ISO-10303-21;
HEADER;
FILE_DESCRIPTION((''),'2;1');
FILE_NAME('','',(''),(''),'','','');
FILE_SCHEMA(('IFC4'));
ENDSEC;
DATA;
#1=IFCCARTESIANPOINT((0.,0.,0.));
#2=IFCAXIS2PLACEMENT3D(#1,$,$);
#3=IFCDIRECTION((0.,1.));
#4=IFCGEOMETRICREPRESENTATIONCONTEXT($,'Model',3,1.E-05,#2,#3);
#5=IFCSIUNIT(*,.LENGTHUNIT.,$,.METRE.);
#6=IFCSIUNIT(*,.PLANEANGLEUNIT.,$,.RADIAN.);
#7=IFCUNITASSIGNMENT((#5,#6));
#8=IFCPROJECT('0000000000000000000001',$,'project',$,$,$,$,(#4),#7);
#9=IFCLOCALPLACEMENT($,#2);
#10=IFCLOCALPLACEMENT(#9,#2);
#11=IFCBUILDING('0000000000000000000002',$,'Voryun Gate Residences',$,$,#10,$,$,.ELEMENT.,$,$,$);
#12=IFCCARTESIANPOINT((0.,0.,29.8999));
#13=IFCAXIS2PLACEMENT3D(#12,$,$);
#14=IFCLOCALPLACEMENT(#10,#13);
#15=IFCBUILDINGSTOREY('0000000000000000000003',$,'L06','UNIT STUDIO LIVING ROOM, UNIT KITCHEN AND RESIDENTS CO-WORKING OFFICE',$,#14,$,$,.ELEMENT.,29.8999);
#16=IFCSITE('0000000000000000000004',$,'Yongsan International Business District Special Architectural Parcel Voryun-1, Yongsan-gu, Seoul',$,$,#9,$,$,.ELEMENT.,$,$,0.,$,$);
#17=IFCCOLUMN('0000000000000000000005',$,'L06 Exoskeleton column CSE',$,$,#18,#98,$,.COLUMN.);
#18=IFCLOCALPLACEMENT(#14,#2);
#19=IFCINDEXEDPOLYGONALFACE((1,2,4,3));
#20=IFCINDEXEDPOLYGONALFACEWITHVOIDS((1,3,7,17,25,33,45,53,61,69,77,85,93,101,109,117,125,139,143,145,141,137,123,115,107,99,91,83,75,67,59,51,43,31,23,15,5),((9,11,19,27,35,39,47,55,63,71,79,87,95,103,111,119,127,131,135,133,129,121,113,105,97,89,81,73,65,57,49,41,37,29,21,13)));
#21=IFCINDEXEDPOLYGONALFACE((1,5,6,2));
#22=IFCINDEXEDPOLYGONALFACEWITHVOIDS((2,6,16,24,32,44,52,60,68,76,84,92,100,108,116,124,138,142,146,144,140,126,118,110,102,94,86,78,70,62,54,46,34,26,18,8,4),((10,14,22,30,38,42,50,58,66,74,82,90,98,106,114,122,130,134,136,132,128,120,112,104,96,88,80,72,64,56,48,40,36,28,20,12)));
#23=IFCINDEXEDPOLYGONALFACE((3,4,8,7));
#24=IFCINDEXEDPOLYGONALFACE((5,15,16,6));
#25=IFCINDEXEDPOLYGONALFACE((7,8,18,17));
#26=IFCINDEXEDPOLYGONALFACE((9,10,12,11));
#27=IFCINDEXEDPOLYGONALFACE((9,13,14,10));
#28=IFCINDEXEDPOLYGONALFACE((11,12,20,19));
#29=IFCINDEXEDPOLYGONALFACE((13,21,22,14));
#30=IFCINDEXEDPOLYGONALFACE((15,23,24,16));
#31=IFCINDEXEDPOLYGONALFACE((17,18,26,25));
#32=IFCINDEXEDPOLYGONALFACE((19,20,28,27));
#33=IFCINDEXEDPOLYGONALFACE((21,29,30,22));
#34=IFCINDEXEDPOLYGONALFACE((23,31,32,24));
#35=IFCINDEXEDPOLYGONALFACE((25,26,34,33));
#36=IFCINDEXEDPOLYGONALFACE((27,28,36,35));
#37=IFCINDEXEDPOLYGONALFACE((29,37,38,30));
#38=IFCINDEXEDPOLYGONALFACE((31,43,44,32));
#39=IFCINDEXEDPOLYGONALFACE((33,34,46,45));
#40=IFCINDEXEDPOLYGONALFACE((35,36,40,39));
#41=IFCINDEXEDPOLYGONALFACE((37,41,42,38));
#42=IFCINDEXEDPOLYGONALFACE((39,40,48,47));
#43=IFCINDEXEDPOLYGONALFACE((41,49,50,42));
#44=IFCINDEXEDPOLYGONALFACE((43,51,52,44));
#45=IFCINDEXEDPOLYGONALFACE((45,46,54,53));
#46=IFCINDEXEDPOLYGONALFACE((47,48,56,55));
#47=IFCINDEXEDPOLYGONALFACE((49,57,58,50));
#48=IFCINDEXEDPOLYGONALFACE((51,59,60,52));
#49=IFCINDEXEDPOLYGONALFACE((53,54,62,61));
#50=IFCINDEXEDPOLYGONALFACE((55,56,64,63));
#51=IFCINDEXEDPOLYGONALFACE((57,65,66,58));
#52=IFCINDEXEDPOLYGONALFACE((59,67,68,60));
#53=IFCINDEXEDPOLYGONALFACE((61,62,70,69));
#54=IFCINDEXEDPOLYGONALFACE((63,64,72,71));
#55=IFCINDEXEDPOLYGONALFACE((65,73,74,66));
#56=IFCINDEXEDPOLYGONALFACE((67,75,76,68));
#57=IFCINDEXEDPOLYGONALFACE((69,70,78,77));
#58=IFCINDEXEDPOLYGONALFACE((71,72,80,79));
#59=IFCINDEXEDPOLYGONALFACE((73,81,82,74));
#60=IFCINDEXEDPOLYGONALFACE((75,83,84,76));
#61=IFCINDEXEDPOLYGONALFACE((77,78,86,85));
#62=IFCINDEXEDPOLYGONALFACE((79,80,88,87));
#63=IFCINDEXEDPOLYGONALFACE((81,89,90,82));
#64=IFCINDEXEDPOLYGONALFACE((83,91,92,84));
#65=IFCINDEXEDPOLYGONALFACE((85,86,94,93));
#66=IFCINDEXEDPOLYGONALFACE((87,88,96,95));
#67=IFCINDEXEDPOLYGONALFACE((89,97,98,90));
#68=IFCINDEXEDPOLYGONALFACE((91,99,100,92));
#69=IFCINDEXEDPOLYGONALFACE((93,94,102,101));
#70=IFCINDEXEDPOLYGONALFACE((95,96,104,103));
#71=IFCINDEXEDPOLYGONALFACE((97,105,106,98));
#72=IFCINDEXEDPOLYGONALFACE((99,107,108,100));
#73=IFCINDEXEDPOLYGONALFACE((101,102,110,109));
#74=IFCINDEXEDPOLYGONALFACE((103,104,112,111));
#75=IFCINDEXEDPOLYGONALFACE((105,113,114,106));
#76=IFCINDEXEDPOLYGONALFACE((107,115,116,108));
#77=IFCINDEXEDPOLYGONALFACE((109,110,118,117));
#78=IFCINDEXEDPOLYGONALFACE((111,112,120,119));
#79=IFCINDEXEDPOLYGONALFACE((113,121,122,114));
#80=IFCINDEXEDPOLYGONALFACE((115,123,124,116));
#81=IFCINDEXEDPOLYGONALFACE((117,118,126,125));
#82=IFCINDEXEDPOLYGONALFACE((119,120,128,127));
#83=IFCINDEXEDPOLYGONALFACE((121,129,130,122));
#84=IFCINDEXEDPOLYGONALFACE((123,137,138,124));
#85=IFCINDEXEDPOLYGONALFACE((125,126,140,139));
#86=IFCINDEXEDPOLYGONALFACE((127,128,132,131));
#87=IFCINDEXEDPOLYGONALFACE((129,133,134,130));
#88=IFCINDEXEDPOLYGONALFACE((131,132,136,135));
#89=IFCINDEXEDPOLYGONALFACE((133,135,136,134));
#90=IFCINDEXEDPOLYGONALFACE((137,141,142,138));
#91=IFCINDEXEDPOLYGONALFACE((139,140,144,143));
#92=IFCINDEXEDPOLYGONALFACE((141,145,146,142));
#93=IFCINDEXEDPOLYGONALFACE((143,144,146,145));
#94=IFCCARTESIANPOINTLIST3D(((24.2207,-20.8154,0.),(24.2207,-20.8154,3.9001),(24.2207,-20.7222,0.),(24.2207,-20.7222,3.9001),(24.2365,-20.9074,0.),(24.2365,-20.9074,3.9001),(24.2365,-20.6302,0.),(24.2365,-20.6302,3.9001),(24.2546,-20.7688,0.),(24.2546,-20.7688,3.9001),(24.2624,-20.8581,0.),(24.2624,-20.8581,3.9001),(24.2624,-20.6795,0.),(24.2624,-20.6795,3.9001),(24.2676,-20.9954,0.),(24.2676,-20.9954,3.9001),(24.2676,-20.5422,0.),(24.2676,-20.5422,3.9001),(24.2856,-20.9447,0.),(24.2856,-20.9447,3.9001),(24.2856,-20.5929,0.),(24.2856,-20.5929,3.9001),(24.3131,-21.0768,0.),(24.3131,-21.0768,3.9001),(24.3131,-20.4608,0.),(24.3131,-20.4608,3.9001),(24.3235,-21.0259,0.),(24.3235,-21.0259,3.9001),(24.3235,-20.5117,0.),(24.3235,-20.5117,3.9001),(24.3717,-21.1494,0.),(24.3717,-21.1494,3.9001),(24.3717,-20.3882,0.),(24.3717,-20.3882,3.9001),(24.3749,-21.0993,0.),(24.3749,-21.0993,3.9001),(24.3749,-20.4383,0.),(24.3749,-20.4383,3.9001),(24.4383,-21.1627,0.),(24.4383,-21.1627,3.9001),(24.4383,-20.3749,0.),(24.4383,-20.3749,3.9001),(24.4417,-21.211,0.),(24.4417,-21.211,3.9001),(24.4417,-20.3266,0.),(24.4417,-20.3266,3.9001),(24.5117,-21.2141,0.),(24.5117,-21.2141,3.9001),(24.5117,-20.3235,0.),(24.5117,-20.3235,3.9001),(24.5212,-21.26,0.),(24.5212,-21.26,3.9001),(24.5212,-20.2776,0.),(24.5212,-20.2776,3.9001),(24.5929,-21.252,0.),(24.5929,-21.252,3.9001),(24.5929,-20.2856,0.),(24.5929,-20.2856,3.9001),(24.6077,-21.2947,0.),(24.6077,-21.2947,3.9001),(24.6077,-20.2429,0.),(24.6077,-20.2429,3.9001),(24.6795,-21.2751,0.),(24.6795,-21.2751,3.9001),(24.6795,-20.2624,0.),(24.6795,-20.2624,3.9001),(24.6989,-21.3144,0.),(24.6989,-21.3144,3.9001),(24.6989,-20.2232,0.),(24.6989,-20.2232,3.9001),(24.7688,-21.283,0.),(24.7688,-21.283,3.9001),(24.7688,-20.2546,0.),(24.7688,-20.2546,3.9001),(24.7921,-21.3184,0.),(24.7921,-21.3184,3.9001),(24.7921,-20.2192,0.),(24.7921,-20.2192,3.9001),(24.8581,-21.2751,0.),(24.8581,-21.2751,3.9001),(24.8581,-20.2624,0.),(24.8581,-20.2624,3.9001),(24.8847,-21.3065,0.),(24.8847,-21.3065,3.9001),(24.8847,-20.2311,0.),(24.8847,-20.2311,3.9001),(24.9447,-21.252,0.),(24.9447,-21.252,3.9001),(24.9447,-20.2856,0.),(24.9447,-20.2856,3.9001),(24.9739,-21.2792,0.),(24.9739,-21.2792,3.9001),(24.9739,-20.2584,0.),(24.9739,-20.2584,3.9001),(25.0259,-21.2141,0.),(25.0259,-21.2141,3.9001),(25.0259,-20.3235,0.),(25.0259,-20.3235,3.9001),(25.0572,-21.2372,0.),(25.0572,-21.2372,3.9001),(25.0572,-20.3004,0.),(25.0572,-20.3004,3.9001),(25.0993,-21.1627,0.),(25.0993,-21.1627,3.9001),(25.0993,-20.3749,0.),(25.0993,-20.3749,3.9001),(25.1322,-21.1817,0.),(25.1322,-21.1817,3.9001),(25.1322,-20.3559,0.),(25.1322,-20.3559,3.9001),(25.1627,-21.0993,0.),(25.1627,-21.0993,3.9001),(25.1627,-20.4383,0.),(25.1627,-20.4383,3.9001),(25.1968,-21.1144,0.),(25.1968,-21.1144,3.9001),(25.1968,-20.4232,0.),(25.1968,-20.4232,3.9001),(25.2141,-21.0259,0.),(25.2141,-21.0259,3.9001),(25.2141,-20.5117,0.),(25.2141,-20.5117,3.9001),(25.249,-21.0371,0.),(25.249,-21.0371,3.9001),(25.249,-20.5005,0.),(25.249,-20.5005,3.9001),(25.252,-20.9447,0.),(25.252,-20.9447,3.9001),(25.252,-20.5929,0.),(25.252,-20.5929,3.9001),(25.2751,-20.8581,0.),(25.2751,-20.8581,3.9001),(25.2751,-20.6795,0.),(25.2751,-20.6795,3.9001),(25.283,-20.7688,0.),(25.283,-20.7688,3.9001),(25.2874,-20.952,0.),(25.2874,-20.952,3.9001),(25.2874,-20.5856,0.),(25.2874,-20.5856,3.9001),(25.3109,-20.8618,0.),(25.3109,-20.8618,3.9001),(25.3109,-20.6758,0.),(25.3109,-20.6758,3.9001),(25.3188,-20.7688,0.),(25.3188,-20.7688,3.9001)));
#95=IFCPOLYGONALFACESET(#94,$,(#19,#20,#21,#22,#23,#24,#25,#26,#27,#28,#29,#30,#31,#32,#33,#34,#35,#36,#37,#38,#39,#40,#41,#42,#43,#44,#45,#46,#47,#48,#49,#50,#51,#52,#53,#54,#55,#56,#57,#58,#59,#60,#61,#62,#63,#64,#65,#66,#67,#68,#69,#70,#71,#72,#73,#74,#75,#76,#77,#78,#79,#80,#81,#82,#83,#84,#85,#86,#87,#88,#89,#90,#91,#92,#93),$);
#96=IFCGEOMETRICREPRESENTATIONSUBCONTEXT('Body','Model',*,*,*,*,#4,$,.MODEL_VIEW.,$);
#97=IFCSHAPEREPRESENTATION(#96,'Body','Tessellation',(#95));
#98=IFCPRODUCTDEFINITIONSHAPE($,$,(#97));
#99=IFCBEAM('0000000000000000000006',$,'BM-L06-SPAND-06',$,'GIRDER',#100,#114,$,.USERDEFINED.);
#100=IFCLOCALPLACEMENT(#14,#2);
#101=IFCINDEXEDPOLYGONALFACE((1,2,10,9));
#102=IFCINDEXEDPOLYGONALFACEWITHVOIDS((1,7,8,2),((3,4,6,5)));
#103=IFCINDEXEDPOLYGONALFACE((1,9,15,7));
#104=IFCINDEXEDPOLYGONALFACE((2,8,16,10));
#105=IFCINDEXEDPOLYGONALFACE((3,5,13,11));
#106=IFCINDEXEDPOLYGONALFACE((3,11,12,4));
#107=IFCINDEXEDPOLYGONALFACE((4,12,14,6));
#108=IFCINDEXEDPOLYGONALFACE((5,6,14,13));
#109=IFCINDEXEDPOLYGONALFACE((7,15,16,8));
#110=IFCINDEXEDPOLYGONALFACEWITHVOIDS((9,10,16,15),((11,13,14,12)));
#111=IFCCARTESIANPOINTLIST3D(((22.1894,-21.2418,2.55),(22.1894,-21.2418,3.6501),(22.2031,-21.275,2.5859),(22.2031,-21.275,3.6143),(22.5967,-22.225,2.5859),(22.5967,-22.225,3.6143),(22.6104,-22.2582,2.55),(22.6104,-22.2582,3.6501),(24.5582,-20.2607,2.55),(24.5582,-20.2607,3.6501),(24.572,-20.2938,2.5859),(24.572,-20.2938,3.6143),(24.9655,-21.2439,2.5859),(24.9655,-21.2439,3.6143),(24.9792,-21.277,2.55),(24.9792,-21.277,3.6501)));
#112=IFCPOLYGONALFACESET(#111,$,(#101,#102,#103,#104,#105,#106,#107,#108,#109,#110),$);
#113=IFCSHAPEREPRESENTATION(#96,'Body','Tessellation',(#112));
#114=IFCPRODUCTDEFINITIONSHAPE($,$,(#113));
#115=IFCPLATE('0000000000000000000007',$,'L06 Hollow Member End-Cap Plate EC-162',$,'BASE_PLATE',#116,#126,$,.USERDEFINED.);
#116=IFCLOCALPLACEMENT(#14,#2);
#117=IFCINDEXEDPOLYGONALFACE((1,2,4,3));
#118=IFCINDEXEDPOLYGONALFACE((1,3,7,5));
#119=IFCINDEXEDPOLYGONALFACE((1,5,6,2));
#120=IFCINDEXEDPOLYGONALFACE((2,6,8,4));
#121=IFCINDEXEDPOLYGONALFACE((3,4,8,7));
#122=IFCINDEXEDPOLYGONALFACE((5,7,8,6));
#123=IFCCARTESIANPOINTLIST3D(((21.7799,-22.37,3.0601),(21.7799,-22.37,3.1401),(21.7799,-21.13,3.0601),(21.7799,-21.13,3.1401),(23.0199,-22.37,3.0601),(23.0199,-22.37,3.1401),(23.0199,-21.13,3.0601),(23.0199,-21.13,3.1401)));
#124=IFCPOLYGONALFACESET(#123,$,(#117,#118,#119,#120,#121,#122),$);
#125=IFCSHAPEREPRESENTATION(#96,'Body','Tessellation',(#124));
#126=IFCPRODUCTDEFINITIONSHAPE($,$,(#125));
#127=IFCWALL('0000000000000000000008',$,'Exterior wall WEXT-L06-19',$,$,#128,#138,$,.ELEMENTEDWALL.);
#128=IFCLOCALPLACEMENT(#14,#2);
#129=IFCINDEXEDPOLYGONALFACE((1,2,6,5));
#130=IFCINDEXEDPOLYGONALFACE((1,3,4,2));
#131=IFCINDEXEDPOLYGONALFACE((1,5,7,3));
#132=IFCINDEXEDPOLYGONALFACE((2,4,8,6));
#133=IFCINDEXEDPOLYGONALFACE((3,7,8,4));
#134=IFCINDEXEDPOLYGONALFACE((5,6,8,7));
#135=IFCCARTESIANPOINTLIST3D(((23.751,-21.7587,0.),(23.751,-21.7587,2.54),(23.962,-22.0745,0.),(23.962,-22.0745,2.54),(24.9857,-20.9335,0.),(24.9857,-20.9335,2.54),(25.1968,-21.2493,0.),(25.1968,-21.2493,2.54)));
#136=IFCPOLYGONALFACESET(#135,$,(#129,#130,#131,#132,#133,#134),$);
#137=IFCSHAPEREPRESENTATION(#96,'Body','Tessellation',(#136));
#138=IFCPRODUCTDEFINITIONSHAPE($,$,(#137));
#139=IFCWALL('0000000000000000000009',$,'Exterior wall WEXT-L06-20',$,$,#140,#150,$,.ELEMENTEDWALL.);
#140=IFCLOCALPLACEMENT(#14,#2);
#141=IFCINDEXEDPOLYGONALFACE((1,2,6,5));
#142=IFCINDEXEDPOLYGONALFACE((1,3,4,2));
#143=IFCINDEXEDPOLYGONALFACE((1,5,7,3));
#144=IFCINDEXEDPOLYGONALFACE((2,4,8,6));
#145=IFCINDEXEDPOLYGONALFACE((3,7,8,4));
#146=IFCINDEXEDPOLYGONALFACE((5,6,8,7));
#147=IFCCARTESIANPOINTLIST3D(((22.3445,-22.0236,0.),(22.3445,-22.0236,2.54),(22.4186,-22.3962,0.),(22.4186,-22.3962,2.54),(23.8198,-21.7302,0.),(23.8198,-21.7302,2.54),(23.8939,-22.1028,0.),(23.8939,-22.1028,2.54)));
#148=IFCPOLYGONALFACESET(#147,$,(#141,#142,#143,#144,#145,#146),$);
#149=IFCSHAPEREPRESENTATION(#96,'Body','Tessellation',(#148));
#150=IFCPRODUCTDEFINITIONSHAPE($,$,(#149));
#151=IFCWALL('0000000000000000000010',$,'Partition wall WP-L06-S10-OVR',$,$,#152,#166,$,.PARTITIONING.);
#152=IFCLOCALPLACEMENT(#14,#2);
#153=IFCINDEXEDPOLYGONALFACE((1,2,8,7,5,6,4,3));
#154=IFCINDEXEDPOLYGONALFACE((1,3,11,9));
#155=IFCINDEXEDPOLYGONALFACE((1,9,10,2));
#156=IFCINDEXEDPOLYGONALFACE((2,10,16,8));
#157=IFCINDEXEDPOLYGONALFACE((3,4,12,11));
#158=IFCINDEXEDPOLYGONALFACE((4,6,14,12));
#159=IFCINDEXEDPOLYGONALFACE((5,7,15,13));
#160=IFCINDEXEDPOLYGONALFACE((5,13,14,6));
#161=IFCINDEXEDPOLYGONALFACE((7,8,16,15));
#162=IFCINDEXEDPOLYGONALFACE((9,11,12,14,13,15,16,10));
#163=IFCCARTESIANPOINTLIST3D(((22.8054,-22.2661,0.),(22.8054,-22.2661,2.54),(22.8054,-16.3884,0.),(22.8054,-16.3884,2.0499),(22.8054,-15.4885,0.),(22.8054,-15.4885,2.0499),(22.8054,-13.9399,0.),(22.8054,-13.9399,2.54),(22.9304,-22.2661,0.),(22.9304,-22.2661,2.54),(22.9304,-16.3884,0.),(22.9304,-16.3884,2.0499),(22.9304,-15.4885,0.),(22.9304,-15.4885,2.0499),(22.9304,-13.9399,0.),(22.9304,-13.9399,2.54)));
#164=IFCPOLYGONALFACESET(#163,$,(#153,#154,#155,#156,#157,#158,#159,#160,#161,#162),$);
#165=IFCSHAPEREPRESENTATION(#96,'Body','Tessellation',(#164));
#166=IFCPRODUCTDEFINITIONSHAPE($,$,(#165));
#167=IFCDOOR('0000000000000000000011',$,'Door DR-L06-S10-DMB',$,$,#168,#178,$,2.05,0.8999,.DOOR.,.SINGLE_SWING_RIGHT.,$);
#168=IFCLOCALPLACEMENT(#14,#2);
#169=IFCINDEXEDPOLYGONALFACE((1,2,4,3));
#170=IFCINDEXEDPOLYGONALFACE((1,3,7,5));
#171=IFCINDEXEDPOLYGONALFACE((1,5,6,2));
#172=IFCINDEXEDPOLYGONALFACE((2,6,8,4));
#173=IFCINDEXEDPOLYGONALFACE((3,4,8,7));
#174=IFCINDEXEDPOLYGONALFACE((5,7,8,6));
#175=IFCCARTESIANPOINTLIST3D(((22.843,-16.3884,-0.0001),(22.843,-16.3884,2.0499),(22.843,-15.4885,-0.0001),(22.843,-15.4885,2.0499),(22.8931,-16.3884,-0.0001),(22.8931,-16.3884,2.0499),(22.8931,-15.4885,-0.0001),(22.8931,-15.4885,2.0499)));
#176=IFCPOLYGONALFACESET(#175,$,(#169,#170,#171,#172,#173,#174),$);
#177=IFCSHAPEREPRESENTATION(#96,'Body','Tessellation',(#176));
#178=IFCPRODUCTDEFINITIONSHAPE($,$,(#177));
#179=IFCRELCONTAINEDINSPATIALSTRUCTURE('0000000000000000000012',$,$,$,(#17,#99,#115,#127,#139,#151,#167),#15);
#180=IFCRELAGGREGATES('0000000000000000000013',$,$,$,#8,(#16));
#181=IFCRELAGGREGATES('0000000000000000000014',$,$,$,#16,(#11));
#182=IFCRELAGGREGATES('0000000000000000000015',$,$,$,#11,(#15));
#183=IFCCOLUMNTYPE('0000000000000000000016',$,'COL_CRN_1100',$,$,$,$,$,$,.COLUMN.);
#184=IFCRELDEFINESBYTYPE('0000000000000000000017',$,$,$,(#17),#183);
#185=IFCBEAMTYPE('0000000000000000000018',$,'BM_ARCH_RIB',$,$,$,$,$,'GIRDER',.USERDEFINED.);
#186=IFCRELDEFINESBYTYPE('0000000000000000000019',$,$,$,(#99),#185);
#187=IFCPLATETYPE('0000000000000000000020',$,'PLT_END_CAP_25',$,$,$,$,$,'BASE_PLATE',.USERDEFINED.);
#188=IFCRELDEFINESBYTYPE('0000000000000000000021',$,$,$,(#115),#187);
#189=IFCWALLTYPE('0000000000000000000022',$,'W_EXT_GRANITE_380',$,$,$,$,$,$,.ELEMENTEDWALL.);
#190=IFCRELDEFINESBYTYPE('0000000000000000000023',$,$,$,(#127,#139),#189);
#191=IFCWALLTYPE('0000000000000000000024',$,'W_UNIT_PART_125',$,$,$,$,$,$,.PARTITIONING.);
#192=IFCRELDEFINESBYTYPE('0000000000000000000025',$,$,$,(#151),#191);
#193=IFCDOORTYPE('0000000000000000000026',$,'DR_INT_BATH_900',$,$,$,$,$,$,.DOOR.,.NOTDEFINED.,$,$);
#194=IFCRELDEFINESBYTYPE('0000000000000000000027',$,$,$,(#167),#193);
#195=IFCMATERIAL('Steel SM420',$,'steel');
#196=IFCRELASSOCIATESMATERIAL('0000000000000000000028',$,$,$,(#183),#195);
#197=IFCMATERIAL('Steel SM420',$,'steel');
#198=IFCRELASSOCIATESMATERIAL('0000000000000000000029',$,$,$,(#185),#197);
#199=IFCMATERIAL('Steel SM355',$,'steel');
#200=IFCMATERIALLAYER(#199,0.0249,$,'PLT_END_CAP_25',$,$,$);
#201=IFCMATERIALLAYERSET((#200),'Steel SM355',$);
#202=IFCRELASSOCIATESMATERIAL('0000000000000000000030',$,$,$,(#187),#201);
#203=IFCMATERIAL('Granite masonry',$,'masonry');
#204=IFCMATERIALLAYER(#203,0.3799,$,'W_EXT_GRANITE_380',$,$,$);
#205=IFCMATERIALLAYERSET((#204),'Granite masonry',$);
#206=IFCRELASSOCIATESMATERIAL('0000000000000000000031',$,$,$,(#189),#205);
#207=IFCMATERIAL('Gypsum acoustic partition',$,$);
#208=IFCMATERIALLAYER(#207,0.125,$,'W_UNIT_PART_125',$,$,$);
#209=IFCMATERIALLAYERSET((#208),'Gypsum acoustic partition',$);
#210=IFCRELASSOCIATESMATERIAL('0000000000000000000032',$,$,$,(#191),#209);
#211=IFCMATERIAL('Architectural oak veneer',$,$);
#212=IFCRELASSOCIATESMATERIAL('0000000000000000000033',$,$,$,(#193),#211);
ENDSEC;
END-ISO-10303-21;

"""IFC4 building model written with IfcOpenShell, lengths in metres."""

from ifc_helpers import new_model, si_unit, direction, frame, frame_2d, origin, origin_2d, place, context, subcontext, project, spatial, rectangle, hollow_rectangle, hollow_circle, extrude, material, layer, layer_set, material_profile, profile_set, type_object, element, fill, save


model = new_model("IFC4")

# Units and contexts
model_context = context("Model", 3, precision=1e-05, world=origin(), true_north=direction((0.0, 1.0)))
body_context = subcontext(model_context, "Body", "Model", "MODEL_VIEW")
ifc_project = project(units=[si_unit("LENGTHUNIT", "METRE"), si_unit("PLANEANGLEUNIT", "RADIAN")], contexts=[model_context])

# Site, building, storey
site_placement = place(None, origin())
site = spatial("IfcSite", under=ifc_project, at=site_placement, Name="Yongsan International Business District Special Architectural Parcel Voryun-1, Yongsan-gu, Seoul", CompositionType="ELEMENT", RefElevation=0.0)
building_placement = place(site_placement, origin())
building = spatial("IfcBuilding", under=site, at=building_placement, Name="Voryun Gate Residences", CompositionType="ELEMENT")
storey_placement = place(building_placement, frame((0.0, 0.0, 29.8999)))
storey = spatial("IfcBuildingStorey", under=building, at=storey_placement, Name="L06", Description="UNIT STUDIO LIVING ROOM, UNIT KITCHEN AND RESIDENTS CO-WORKING OFFICE", CompositionType="ELEMENT", Elevation=29.8999)

# Column
ifc_material_1 = material(Name="Steel SM420", Category="steel")
ifc_material_profile_1 = material_profile(ifc_material_1, hollow_circle(Radius=0.55, WallThickness=0.0359, at=origin_2d()), Name="CHS-1100x36")
ifc_profile_set_1 = profile_set([ifc_material_profile_1], Name="Steel SM420")
column_type = type_object("IfcColumnType", Name="COL_CRN_1100", PredefinedType="COLUMN", material=ifc_profile_set_1)
column_placement = place(storey_placement, frame((24.7688, -20.7688, 0.0), z_axis=(0.0, 0.0, 1.0), x_axis=(1.0, 0.0, 0.0)))
element("IfcColumn", 1, at=column_placement, inside=storey, type_object=column_type, Name="L06 Exoskeleton column CSE", PredefinedType="COLUMN", context=body_context, shape_type="SweptSolid", body=[
    extrude(hollow_circle(Radius=0.55, WallThickness=0.0359, at=origin_2d()), origin(), (0.0, 0.0, 1.0), 3.9001),
])

# Beam
ifc_material_2 = material(Name="Steel SM420", Category="steel")
ifc_material_profile_2 = material_profile(ifc_material_2, hollow_rectangle(XDim=1.1001, YDim=1.1001, WallThickness=0.0359, at=origin_2d()), Name="BOX-1100x1100x36")
ifc_profile_set_2 = profile_set([ifc_material_profile_2], Name="Steel SM420")
beam_type = type_object("IfcBeamType", Name="BM_ARCH_RIB", ElementType="GIRDER", PredefinedType="USERDEFINED", material=ifc_profile_set_2)
beam_placement = place(storey_placement, frame((22.3999, -21.75, 3.1001), z_axis=(0.923883, 0.382674, 0.0), x_axis=(-0.382674, 0.923883, 0.0)))
element("IfcBeam", 2, at=beam_placement, inside=storey, type_object=beam_type, Name="BM-L06-SPAND-06", ObjectType="GIRDER", PredefinedType="USERDEFINED", context=body_context, shape_type="SweptSolid", body=[
    extrude(hollow_rectangle(XDim=1.1001, YDim=1.1001, WallThickness=0.0359, at=origin_2d()), origin(), (0.0, 0.0, 1.0), 2.564),
])

# Plate
ifc_material_3 = material(Name="Steel SM355", Category="steel")
ifc_layer_1 = layer(ifc_material_3, 0.0249, Name="PLT_END_CAP_25")
ifc_layer_set_1 = layer_set([ifc_layer_1], Name="Steel SM355")
plate_type = type_object("IfcPlateType", Name="PLT_END_CAP_25", ElementType="BASE_PLATE", PredefinedType="USERDEFINED", material=ifc_layer_set_1)
plate_placement = place(storey_placement, frame((22.3999, -21.75, 3.0601), z_axis=(0.0, 0.0, 1.0), x_axis=(1.0, 0.0, 0.0)))
element("IfcPlate", 3, at=plate_placement, inside=storey, type_object=plate_type, Name="L06 Hollow Member End-Cap Plate EC-162", ObjectType="BASE_PLATE", PredefinedType="USERDEFINED", context=body_context, shape_type="SweptSolid", body=[
    extrude(rectangle(XDim=1.24, YDim=1.24, at=origin_2d()), origin(), (0.0, 0.0, 1.0), 0.0801),
])

# Walls
ifc_material_4 = material(Name="Granite masonry", Category="masonry")
ifc_layer_2 = layer(ifc_material_4, 0.3799, Name="W_EXT_GRANITE_380")
ifc_layer_set_2 = layer_set([ifc_layer_2], Name="Granite masonry")
wall_type_1 = type_object("IfcWallType", Name="W_EXT_GRANITE_380", PredefinedType="ELEMENTEDWALL", material=ifc_layer_set_2)
wall_1_placement = place(storey_placement, frame((25.0913, -21.0913, 0.0), z_axis=(0.0, 0.0, 1.0), x_axis=(-0.831392, -0.555686, 0.0)))
element("IfcWall", 4, at=wall_1_placement, inside=storey, type_object=wall_type_1, Name="Exterior wall WEXT-L06-19", PredefinedType="ELEMENTEDWALL", context=body_context, shape_type="SweptSolid", body=[
    extrude(rectangle(XDim=1.4851, YDim=0.3799, at=frame_2d((0.7427, 0.0))), origin(), (0.0, 0.0, 1.0), 2.54),
])
wall_2_placement = place(storey_placement, frame((23.8567, -21.9165, 0.0), z_axis=(0.0, 0.0, 1.0), x_axis=(-0.980786, -0.195086, 0.0)))
element("IfcWall", 5, at=wall_2_placement, inside=storey, type_object=wall_type_1, Name="Exterior wall WEXT-L06-20", PredefinedType="ELEMENTEDWALL", context=body_context, shape_type="SweptSolid", body=[
    extrude(rectangle(XDim=1.5042, YDim=0.3799, at=frame_2d((0.752, 0.0))), origin(), (0.0, 0.0, 1.0), 2.54),
])

# Wall, opening, door
ifc_material_5 = material(Name="Gypsum acoustic partition")
ifc_layer_3 = layer(ifc_material_5, 0.125, Name="W_UNIT_PART_125")
ifc_layer_set_3 = layer_set([ifc_layer_3], Name="Gypsum acoustic partition")
wall_type_2 = type_object("IfcWallType", Name="W_UNIT_PART_125", PredefinedType="PARTITIONING", material=ifc_layer_set_3)
wall_3_placement = place(storey_placement, frame((22.8679, -22.2661, 0.0), z_axis=(0.0, 0.0, 1.0), x_axis=(0.0, 1.0, 0.0)))
wall_3 = element("IfcWall", 6, at=wall_3_placement, inside=storey, type_object=wall_type_2, Name="Partition wall WP-L06-S10-OVR", PredefinedType="PARTITIONING", context=body_context, shape_type="SweptSolid", body=[
    extrude(rectangle(XDim=8.3262, YDim=0.125, at=frame_2d((4.1631, 0.0))), origin(), (0.0, 0.0, 1.0), 2.54),
])
opening_placement = place(wall_3_placement, frame((5.8777, 0.0, 0.0)))
opening = element("IfcOpeningElement", 7, at=opening_placement, cuts=wall_3, PredefinedType="OPENING", context=body_context, shape_type="SweptSolid", body=[
    extrude(rectangle(XDim=0.8999, YDim=2.05, at=frame_2d((0.45, 1.0249))), frame((0.0, 0.0725, 0.0), z_axis=(0.0, -1.0, 0.0), x_axis=(1.0, 0.0, 0.0)), (0.0, 0.0, 1.0), 0.145),
])
ifc_material_6 = material(Name="Architectural oak veneer")
door_type = type_object("IfcDoorType", Name="DR_INT_BATH_900", OperationType="NOTDEFINED", PredefinedType="DOOR", material=ifc_material_6)
door_placement = place(opening_placement, origin())
door = element("IfcDoor", 8, at=door_placement, inside=storey, type_object=door_type, Name="Door DR-L06-S10-DMB", OperationType="SINGLE_SWING_RIGHT", OverallHeight=2.05, OverallWidth=0.8999, PredefinedType="DOOR", context=body_context, shape_type="SweptSolid", body=[
    extrude(rectangle(XDim=0.8999, YDim=2.05, at=frame_2d((0.45, 1.0249))), frame((0.0, 0.0249, 0.0), z_axis=(0.0, -1.0, 0.0), x_axis=(1.0, 0.0, 0.0)), (0.0, 0.0, 1.0), 0.05),
])
fill(opening, door)

save(model, "model.ifc")
